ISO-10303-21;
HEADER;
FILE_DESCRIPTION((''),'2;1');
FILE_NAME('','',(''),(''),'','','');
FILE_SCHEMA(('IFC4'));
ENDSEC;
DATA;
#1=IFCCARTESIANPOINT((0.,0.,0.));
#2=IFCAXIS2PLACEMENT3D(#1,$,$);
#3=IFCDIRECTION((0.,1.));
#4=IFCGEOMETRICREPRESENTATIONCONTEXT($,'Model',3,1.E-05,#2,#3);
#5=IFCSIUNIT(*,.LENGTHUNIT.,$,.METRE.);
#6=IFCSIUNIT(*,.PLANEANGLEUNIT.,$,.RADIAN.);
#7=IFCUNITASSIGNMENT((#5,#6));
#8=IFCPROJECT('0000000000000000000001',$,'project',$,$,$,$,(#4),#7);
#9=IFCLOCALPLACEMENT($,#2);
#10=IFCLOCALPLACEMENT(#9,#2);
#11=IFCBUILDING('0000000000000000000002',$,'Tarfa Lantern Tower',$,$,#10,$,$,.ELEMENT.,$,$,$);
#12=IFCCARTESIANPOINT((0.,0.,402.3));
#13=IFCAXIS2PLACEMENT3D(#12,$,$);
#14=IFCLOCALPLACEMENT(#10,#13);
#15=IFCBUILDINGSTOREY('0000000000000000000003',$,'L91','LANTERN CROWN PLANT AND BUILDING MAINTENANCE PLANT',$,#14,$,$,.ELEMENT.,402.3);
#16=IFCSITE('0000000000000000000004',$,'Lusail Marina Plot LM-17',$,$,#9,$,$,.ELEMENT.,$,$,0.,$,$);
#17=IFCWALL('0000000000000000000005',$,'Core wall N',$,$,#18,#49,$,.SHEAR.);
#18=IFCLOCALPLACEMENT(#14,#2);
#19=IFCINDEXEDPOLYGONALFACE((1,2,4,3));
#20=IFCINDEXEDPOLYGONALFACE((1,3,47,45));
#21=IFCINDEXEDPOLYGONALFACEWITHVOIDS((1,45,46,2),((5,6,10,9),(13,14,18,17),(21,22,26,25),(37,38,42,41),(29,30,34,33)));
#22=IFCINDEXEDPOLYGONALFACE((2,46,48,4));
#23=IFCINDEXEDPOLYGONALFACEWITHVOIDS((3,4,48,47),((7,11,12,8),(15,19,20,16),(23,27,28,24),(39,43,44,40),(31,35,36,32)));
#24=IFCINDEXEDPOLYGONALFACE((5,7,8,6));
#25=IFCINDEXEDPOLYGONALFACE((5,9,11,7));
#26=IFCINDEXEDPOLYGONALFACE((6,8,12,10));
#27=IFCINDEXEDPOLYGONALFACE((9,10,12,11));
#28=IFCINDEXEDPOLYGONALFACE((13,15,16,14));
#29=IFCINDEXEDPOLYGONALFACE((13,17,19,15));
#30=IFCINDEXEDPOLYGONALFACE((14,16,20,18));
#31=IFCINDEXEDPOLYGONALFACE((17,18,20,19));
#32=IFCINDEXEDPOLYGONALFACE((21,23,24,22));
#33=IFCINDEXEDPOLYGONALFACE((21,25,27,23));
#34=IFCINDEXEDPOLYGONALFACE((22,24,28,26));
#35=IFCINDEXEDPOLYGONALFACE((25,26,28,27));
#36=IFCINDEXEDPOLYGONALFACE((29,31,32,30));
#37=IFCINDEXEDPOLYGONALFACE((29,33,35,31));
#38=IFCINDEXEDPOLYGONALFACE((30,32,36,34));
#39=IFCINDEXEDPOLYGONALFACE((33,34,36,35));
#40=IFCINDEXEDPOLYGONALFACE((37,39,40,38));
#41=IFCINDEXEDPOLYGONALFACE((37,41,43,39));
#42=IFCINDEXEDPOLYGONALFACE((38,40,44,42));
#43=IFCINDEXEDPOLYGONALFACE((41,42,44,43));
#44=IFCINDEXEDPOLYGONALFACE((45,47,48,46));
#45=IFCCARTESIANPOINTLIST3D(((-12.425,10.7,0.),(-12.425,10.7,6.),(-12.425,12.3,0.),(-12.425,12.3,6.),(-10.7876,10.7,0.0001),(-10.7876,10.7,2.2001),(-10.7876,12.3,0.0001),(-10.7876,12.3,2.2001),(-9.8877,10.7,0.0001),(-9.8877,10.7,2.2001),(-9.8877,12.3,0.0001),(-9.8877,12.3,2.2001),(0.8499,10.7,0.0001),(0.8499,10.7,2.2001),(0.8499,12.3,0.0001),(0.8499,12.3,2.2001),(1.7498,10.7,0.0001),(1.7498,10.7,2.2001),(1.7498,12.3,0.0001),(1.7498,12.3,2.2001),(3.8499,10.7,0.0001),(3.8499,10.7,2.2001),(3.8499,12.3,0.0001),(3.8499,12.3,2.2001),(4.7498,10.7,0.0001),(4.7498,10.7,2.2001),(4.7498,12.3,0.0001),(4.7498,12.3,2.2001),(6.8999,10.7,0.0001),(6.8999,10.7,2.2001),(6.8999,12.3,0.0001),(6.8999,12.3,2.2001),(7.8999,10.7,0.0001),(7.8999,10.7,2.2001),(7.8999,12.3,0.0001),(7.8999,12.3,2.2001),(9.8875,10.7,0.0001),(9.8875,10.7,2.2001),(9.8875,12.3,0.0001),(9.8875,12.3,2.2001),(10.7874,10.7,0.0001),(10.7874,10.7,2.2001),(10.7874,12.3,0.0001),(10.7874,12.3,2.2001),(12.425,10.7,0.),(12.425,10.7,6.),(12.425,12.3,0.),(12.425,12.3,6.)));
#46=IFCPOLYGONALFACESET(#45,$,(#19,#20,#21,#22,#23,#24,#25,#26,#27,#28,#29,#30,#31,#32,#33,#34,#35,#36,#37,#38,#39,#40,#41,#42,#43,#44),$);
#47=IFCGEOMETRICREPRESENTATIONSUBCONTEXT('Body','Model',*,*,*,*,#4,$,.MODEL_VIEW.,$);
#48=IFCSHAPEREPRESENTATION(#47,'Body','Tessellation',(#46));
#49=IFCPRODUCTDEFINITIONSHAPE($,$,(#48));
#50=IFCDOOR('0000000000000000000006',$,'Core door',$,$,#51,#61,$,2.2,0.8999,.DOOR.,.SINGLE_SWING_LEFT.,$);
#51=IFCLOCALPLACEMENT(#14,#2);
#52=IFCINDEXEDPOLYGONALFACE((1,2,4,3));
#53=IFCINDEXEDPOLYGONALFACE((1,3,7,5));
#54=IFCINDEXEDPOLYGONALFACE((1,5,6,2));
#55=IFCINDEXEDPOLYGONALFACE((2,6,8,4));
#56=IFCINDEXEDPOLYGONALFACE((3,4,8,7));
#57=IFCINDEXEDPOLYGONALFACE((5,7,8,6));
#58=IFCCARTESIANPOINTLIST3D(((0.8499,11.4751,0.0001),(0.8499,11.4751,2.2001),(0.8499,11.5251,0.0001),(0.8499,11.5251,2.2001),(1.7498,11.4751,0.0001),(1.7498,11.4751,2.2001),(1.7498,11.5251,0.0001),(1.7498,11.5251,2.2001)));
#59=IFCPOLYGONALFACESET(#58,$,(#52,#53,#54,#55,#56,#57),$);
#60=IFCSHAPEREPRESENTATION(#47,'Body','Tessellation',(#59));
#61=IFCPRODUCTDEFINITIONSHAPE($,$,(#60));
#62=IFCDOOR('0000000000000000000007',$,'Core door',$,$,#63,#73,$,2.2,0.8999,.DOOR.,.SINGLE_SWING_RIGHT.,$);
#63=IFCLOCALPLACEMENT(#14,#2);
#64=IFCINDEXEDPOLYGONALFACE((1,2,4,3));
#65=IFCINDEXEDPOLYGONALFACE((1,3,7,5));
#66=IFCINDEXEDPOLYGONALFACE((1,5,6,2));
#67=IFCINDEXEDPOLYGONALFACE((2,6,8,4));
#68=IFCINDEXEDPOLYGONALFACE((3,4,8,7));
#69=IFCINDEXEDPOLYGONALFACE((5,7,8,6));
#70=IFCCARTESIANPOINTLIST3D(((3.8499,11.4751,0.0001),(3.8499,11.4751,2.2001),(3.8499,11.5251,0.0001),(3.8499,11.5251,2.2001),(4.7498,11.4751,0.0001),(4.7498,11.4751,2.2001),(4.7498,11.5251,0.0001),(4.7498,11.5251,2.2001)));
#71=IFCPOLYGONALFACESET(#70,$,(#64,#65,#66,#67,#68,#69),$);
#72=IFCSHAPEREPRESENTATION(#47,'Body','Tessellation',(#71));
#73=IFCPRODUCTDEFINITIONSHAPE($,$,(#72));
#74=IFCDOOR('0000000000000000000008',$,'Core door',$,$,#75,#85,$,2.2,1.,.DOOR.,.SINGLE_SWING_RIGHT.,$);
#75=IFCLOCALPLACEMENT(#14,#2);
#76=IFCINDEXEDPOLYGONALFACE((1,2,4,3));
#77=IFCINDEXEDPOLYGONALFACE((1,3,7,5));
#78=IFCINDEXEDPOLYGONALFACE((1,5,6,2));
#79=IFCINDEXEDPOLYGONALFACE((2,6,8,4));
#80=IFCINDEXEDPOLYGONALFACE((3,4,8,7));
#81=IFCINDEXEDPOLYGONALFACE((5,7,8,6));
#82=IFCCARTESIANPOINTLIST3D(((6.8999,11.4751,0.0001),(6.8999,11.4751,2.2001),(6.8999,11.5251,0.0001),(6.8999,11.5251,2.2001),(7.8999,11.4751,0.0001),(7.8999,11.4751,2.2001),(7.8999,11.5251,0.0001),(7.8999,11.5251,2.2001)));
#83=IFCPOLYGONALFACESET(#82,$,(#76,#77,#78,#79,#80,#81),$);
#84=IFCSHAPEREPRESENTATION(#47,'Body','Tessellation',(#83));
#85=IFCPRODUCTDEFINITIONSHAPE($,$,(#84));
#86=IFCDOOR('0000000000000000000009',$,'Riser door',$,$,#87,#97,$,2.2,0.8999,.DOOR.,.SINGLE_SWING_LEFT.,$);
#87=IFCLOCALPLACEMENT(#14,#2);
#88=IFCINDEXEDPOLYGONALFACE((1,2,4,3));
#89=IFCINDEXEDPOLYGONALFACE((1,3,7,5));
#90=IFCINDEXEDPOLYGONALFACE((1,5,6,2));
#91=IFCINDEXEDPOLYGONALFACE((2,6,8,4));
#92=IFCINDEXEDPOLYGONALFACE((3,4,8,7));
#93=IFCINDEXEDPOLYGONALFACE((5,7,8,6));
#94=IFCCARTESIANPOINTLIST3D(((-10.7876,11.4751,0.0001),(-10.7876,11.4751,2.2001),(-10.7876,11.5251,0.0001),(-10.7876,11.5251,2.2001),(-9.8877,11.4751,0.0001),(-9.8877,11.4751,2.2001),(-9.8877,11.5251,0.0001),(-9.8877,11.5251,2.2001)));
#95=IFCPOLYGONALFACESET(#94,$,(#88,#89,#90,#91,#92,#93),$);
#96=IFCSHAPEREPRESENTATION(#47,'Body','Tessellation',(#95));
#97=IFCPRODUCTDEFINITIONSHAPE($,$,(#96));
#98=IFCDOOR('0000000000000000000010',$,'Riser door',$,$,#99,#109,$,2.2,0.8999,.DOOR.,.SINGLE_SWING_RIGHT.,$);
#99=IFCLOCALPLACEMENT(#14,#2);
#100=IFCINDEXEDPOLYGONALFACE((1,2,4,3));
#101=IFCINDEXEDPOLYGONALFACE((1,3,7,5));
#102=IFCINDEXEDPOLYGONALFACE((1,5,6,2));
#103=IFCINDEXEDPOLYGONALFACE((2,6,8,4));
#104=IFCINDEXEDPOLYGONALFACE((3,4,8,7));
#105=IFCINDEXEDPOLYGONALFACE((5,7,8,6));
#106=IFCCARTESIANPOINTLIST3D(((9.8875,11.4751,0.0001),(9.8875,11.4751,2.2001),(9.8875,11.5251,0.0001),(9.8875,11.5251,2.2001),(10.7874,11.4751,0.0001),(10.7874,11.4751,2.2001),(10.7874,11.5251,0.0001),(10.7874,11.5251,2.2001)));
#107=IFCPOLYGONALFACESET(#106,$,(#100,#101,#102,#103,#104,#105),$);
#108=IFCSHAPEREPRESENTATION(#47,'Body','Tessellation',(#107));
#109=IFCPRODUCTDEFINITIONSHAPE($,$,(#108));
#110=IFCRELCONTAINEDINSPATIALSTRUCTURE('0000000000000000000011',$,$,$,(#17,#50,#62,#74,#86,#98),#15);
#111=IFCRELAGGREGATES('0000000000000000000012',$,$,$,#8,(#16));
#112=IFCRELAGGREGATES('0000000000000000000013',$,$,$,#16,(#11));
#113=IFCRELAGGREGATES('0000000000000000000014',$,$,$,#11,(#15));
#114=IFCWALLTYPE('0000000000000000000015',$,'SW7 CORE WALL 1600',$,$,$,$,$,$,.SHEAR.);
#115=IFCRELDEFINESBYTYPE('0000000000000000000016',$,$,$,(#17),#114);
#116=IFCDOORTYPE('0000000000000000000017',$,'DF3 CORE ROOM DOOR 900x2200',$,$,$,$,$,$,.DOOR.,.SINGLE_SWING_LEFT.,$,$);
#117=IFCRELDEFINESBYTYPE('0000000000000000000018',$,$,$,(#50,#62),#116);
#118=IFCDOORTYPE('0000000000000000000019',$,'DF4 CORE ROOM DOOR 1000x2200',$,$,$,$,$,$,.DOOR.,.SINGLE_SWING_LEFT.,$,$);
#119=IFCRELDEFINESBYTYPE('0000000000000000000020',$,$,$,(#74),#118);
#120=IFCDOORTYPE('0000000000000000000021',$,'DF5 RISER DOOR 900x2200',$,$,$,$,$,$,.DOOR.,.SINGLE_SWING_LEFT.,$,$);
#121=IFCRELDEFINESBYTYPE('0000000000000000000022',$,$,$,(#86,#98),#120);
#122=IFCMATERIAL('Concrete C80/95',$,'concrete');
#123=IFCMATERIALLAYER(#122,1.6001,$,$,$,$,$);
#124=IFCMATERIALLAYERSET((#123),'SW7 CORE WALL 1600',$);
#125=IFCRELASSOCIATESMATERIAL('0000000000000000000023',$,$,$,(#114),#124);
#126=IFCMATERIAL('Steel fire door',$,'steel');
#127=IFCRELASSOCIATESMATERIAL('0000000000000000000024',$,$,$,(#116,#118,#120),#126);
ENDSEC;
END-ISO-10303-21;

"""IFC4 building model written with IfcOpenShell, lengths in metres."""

from ifc_helpers import new_model, si_unit, direction, frame, frame_2d, origin, place, context, subcontext, project, spatial, rectangle, extrude, material, layer, layer_set, type_object, element, fill, save


model = new_model("IFC4")

# Units and contexts
model_context = context("Model", 3, precision=1e-05, world=origin(), true_north=direction((0.0, 1.0)))
body_context = subcontext(model_context, "Body", "Model", "MODEL_VIEW")
ifc_project = project(units=[si_unit("LENGTHUNIT", "METRE"), si_unit("PLANEANGLEUNIT", "RADIAN")], contexts=[model_context])

# Site, building, storey
site_placement = place(None, origin())
site = spatial("IfcSite", under=ifc_project, at=site_placement, Name="Lusail Marina Plot LM-17", CompositionType="ELEMENT", RefElevation=0.0)
building_placement = place(site_placement, origin())
building = spatial("IfcBuilding", under=site, at=building_placement, Name="Tarfa Lantern Tower", CompositionType="ELEMENT")
storey_placement = place(building_placement, frame((0.0, 0.0, 402.3)))
storey = spatial("IfcBuildingStorey", under=building, at=storey_placement, Name="L91", Description="LANTERN CROWN PLANT AND BUILDING MAINTENANCE PLANT", CompositionType="ELEMENT", Elevation=402.3)

# Shared definitions
ifc_material_1 = material(Name="Concrete C80/95", Category="concrete")
ifc_material_2 = material(Name="Steel fire door", Category="steel")

# Wall, openings, doors
ifc_layer_1 = layer(ifc_material_1, 1.6001)
ifc_layer_set_1 = layer_set([ifc_layer_1], Name="SW7 CORE WALL 1600")
wall_type_1 = type_object("IfcWallType", Name="SW7 CORE WALL 1600", PredefinedType="SHEAR", material=ifc_layer_set_1)
wall_1_placement = place(storey_placement, frame((-12.425, 11.5, 0.0), z_axis=(0.0, 0.0, 1.0), x_axis=(1.0, 0.0, 0.0)))
wall_1 = element("IfcWall", 1, at=wall_1_placement, inside=storey, type_object=wall_type_1, Name="Core wall N", PredefinedType="SHEAR", context=body_context, shape_type="SweptSolid", body=[
    extrude(rectangle(XDim=24.8501, YDim=1.6001, at=frame_2d((12.425, 0.0))), origin(), (0.0, 0.0, 1.0), 6.0),
])
opening_1_placement = place(wall_1_placement, frame((13.2749, 0.0, 0.0)))
opening_1 = element("IfcOpeningElement", 2, at=opening_1_placement, cuts=wall_1, PredefinedType="OPENING", context=body_context, shape_type="SweptSolid", body=[
    extrude(rectangle(XDim=0.8999, YDim=2.2, at=frame_2d((0.45, 1.1001))), frame((0.0, 0.8101, 0.0), z_axis=(0.0, -1.0, 0.0), x_axis=(1.0, 0.0, 0.0)), (0.0, 0.0, 1.0), 1.6201),
])
opening_2_placement = place(wall_1_placement, frame((16.2749, 0.0, 0.0)))
opening_2 = element("IfcOpeningElement", 3, at=opening_2_placement, cuts=wall_1, PredefinedType="OPENING", context=body_context, shape_type="SweptSolid", body=[
    extrude(rectangle(XDim=0.8999, YDim=2.2, at=frame_2d((0.45, 1.1001))), frame((0.0, 0.8101, 0.0), z_axis=(0.0, -1.0, 0.0), x_axis=(1.0, 0.0, 0.0)), (0.0, 0.0, 1.0), 1.6201),
])
opening_3_placement = place(wall_1_placement, frame((19.325, 0.0, 0.0)))
opening_3 = element("IfcOpeningElement", 4, at=opening_3_placement, cuts=wall_1, PredefinedType="OPENING", context=body_context, shape_type="SweptSolid", body=[
    extrude(rectangle(XDim=1.0, YDim=2.2, at=frame_2d((0.5, 1.1001))), frame((0.0, 0.8101, 0.0), z_axis=(0.0, -1.0, 0.0), x_axis=(1.0, 0.0, 0.0)), (0.0, 0.0, 1.0), 1.6201),
])
opening_4_placement = place(wall_1_placement, frame((1.6375, 0.0, 0.0)))
opening_4 = element("IfcOpeningElement", 5, at=opening_4_placement, cuts=wall_1, PredefinedType="OPENING", context=body_context, shape_type="SweptSolid", body=[
    extrude(rectangle(XDim=0.8999, YDim=2.2, at=frame_2d((0.45, 1.1001))), frame((0.0, 0.8101, 0.0), z_axis=(0.0, -1.0, 0.0), x_axis=(1.0, 0.0, 0.0)), (0.0, 0.0, 1.0), 1.6201),
])
opening_5_placement = place(wall_1_placement, frame((22.3125, 0.0, 0.0)))
opening_5 = element("IfcOpeningElement", 6, at=opening_5_placement, cuts=wall_1, PredefinedType="OPENING", context=body_context, shape_type="SweptSolid", body=[
    extrude(rectangle(XDim=0.8999, YDim=2.2, at=frame_2d((0.45, 1.1001))), frame((0.0, 0.8101, 0.0), z_axis=(0.0, -1.0, 0.0), x_axis=(1.0, 0.0, 0.0)), (0.0, 0.0, 1.0), 1.6201),
])
door_type_1 = type_object("IfcDoorType", Name="DF3 CORE ROOM DOOR 900x2200", OperationType="SINGLE_SWING_LEFT", PredefinedType="DOOR", material=ifc_material_2)
door_1_placement = place(opening_1_placement, frame((0.8999, 0.0, 0.0), z_axis=(0.0, 0.0, 1.0), x_axis=(-1.0, 0.0, 0.0)))
door_1 = element("IfcDoor", 7, at=door_1_placement, inside=storey, type_object=door_type_1, Name="Core door", OperationType="SINGLE_SWING_LEFT", OverallHeight=2.2, OverallWidth=0.8999, PredefinedType="DOOR", context=body_context, shape_type="SweptSolid", body=[
    extrude(rectangle(XDim=0.8999, YDim=2.2, at=frame_2d((0.45, 1.1001))), frame((0.0, 0.0249, 0.0), z_axis=(0.0, -1.0, 0.0), x_axis=(1.0, 0.0, 0.0)), (0.0, 0.0, 1.0), 0.05),
])
fill(opening_1, door_1)
door_2_placement = place(opening_2_placement, frame((0.8999, 0.0, 0.0), z_axis=(0.0, 0.0, 1.0), x_axis=(-1.0, 0.0, 0.0)))
door_2 = element("IfcDoor", 8, at=door_2_placement, inside=storey, type_object=door_type_1, Name="Core door", OperationType="SINGLE_SWING_RIGHT", OverallHeight=2.2, OverallWidth=0.8999, PredefinedType="DOOR", context=body_context, shape_type="SweptSolid", body=[
    extrude(rectangle(XDim=0.8999, YDim=2.2, at=frame_2d((0.45, 1.1001))), frame((0.0, 0.0249, 0.0), z_axis=(0.0, -1.0, 0.0), x_axis=(1.0, 0.0, 0.0)), (0.0, 0.0, 1.0), 0.05),
])
fill(opening_2, door_2)
door_type_2 = type_object("IfcDoorType", Name="DF4 CORE ROOM DOOR 1000x2200", OperationType="SINGLE_SWING_LEFT", PredefinedType="DOOR", material=ifc_material_2)
door_3_placement = place(opening_3_placement, frame((1.0, 0.0, 0.0), z_axis=(0.0, 0.0, 1.0), x_axis=(-1.0, 0.0, 0.0)))
door_3 = element("IfcDoor", 9, at=door_3_placement, inside=storey, type_object=door_type_2, Name="Core door", OperationType="SINGLE_SWING_RIGHT", OverallHeight=2.2, OverallWidth=1.0, PredefinedType="DOOR", context=body_context, shape_type="SweptSolid", body=[
    extrude(rectangle(XDim=1.0, YDim=2.2, at=frame_2d((0.5, 1.1001))), frame((0.0, 0.0249, 0.0), z_axis=(0.0, -1.0, 0.0), x_axis=(1.0, 0.0, 0.0)), (0.0, 0.0, 1.0), 0.05),
])
fill(opening_3, door_3)
door_type_3 = type_object("IfcDoorType", Name="DF5 RISER DOOR 900x2200", OperationType="SINGLE_SWING_LEFT", PredefinedType="DOOR", material=ifc_material_2)
door_4_placement = place(opening_4_placement, frame((0.8999, 0.0, 0.0), z_axis=(0.0, 0.0, 1.0), x_axis=(-1.0, 0.0, 0.0)))
door_4 = element("IfcDoor", 10, at=door_4_placement, inside=storey, type_object=door_type_3, Name="Riser door", OperationType="SINGLE_SWING_LEFT", OverallHeight=2.2, OverallWidth=0.8999, PredefinedType="DOOR", context=body_context, shape_type="SweptSolid", body=[
    extrude(rectangle(XDim=0.8999, YDim=2.2, at=frame_2d((0.45, 1.1001))), frame((0.0, 0.0249, 0.0), z_axis=(0.0, -1.0, 0.0), x_axis=(1.0, 0.0, 0.0)), (0.0, 0.0, 1.0), 0.05),
])
fill(opening_4, door_4)
door_5_placement = place(opening_5_placement, frame((0.8999, 0.0, 0.0), z_axis=(0.0, 0.0, 1.0), x_axis=(-1.0, 0.0, 0.0)))
door_5 = element("IfcDoor", 11, at=door_5_placement, inside=storey, type_object=door_type_3, Name="Riser door", OperationType="SINGLE_SWING_RIGHT", OverallHeight=2.2, OverallWidth=0.8999, PredefinedType="DOOR", context=body_context, shape_type="SweptSolid", body=[
    extrude(rectangle(XDim=0.8999, YDim=2.2, at=frame_2d((0.45, 1.1001))), frame((0.0, 0.0249, 0.0), z_axis=(0.0, -1.0, 0.0), x_axis=(1.0, 0.0, 0.0)), (0.0, 0.0, 1.0), 0.05),
])
fill(opening_5, door_5)

save(model, "model.ifc")
